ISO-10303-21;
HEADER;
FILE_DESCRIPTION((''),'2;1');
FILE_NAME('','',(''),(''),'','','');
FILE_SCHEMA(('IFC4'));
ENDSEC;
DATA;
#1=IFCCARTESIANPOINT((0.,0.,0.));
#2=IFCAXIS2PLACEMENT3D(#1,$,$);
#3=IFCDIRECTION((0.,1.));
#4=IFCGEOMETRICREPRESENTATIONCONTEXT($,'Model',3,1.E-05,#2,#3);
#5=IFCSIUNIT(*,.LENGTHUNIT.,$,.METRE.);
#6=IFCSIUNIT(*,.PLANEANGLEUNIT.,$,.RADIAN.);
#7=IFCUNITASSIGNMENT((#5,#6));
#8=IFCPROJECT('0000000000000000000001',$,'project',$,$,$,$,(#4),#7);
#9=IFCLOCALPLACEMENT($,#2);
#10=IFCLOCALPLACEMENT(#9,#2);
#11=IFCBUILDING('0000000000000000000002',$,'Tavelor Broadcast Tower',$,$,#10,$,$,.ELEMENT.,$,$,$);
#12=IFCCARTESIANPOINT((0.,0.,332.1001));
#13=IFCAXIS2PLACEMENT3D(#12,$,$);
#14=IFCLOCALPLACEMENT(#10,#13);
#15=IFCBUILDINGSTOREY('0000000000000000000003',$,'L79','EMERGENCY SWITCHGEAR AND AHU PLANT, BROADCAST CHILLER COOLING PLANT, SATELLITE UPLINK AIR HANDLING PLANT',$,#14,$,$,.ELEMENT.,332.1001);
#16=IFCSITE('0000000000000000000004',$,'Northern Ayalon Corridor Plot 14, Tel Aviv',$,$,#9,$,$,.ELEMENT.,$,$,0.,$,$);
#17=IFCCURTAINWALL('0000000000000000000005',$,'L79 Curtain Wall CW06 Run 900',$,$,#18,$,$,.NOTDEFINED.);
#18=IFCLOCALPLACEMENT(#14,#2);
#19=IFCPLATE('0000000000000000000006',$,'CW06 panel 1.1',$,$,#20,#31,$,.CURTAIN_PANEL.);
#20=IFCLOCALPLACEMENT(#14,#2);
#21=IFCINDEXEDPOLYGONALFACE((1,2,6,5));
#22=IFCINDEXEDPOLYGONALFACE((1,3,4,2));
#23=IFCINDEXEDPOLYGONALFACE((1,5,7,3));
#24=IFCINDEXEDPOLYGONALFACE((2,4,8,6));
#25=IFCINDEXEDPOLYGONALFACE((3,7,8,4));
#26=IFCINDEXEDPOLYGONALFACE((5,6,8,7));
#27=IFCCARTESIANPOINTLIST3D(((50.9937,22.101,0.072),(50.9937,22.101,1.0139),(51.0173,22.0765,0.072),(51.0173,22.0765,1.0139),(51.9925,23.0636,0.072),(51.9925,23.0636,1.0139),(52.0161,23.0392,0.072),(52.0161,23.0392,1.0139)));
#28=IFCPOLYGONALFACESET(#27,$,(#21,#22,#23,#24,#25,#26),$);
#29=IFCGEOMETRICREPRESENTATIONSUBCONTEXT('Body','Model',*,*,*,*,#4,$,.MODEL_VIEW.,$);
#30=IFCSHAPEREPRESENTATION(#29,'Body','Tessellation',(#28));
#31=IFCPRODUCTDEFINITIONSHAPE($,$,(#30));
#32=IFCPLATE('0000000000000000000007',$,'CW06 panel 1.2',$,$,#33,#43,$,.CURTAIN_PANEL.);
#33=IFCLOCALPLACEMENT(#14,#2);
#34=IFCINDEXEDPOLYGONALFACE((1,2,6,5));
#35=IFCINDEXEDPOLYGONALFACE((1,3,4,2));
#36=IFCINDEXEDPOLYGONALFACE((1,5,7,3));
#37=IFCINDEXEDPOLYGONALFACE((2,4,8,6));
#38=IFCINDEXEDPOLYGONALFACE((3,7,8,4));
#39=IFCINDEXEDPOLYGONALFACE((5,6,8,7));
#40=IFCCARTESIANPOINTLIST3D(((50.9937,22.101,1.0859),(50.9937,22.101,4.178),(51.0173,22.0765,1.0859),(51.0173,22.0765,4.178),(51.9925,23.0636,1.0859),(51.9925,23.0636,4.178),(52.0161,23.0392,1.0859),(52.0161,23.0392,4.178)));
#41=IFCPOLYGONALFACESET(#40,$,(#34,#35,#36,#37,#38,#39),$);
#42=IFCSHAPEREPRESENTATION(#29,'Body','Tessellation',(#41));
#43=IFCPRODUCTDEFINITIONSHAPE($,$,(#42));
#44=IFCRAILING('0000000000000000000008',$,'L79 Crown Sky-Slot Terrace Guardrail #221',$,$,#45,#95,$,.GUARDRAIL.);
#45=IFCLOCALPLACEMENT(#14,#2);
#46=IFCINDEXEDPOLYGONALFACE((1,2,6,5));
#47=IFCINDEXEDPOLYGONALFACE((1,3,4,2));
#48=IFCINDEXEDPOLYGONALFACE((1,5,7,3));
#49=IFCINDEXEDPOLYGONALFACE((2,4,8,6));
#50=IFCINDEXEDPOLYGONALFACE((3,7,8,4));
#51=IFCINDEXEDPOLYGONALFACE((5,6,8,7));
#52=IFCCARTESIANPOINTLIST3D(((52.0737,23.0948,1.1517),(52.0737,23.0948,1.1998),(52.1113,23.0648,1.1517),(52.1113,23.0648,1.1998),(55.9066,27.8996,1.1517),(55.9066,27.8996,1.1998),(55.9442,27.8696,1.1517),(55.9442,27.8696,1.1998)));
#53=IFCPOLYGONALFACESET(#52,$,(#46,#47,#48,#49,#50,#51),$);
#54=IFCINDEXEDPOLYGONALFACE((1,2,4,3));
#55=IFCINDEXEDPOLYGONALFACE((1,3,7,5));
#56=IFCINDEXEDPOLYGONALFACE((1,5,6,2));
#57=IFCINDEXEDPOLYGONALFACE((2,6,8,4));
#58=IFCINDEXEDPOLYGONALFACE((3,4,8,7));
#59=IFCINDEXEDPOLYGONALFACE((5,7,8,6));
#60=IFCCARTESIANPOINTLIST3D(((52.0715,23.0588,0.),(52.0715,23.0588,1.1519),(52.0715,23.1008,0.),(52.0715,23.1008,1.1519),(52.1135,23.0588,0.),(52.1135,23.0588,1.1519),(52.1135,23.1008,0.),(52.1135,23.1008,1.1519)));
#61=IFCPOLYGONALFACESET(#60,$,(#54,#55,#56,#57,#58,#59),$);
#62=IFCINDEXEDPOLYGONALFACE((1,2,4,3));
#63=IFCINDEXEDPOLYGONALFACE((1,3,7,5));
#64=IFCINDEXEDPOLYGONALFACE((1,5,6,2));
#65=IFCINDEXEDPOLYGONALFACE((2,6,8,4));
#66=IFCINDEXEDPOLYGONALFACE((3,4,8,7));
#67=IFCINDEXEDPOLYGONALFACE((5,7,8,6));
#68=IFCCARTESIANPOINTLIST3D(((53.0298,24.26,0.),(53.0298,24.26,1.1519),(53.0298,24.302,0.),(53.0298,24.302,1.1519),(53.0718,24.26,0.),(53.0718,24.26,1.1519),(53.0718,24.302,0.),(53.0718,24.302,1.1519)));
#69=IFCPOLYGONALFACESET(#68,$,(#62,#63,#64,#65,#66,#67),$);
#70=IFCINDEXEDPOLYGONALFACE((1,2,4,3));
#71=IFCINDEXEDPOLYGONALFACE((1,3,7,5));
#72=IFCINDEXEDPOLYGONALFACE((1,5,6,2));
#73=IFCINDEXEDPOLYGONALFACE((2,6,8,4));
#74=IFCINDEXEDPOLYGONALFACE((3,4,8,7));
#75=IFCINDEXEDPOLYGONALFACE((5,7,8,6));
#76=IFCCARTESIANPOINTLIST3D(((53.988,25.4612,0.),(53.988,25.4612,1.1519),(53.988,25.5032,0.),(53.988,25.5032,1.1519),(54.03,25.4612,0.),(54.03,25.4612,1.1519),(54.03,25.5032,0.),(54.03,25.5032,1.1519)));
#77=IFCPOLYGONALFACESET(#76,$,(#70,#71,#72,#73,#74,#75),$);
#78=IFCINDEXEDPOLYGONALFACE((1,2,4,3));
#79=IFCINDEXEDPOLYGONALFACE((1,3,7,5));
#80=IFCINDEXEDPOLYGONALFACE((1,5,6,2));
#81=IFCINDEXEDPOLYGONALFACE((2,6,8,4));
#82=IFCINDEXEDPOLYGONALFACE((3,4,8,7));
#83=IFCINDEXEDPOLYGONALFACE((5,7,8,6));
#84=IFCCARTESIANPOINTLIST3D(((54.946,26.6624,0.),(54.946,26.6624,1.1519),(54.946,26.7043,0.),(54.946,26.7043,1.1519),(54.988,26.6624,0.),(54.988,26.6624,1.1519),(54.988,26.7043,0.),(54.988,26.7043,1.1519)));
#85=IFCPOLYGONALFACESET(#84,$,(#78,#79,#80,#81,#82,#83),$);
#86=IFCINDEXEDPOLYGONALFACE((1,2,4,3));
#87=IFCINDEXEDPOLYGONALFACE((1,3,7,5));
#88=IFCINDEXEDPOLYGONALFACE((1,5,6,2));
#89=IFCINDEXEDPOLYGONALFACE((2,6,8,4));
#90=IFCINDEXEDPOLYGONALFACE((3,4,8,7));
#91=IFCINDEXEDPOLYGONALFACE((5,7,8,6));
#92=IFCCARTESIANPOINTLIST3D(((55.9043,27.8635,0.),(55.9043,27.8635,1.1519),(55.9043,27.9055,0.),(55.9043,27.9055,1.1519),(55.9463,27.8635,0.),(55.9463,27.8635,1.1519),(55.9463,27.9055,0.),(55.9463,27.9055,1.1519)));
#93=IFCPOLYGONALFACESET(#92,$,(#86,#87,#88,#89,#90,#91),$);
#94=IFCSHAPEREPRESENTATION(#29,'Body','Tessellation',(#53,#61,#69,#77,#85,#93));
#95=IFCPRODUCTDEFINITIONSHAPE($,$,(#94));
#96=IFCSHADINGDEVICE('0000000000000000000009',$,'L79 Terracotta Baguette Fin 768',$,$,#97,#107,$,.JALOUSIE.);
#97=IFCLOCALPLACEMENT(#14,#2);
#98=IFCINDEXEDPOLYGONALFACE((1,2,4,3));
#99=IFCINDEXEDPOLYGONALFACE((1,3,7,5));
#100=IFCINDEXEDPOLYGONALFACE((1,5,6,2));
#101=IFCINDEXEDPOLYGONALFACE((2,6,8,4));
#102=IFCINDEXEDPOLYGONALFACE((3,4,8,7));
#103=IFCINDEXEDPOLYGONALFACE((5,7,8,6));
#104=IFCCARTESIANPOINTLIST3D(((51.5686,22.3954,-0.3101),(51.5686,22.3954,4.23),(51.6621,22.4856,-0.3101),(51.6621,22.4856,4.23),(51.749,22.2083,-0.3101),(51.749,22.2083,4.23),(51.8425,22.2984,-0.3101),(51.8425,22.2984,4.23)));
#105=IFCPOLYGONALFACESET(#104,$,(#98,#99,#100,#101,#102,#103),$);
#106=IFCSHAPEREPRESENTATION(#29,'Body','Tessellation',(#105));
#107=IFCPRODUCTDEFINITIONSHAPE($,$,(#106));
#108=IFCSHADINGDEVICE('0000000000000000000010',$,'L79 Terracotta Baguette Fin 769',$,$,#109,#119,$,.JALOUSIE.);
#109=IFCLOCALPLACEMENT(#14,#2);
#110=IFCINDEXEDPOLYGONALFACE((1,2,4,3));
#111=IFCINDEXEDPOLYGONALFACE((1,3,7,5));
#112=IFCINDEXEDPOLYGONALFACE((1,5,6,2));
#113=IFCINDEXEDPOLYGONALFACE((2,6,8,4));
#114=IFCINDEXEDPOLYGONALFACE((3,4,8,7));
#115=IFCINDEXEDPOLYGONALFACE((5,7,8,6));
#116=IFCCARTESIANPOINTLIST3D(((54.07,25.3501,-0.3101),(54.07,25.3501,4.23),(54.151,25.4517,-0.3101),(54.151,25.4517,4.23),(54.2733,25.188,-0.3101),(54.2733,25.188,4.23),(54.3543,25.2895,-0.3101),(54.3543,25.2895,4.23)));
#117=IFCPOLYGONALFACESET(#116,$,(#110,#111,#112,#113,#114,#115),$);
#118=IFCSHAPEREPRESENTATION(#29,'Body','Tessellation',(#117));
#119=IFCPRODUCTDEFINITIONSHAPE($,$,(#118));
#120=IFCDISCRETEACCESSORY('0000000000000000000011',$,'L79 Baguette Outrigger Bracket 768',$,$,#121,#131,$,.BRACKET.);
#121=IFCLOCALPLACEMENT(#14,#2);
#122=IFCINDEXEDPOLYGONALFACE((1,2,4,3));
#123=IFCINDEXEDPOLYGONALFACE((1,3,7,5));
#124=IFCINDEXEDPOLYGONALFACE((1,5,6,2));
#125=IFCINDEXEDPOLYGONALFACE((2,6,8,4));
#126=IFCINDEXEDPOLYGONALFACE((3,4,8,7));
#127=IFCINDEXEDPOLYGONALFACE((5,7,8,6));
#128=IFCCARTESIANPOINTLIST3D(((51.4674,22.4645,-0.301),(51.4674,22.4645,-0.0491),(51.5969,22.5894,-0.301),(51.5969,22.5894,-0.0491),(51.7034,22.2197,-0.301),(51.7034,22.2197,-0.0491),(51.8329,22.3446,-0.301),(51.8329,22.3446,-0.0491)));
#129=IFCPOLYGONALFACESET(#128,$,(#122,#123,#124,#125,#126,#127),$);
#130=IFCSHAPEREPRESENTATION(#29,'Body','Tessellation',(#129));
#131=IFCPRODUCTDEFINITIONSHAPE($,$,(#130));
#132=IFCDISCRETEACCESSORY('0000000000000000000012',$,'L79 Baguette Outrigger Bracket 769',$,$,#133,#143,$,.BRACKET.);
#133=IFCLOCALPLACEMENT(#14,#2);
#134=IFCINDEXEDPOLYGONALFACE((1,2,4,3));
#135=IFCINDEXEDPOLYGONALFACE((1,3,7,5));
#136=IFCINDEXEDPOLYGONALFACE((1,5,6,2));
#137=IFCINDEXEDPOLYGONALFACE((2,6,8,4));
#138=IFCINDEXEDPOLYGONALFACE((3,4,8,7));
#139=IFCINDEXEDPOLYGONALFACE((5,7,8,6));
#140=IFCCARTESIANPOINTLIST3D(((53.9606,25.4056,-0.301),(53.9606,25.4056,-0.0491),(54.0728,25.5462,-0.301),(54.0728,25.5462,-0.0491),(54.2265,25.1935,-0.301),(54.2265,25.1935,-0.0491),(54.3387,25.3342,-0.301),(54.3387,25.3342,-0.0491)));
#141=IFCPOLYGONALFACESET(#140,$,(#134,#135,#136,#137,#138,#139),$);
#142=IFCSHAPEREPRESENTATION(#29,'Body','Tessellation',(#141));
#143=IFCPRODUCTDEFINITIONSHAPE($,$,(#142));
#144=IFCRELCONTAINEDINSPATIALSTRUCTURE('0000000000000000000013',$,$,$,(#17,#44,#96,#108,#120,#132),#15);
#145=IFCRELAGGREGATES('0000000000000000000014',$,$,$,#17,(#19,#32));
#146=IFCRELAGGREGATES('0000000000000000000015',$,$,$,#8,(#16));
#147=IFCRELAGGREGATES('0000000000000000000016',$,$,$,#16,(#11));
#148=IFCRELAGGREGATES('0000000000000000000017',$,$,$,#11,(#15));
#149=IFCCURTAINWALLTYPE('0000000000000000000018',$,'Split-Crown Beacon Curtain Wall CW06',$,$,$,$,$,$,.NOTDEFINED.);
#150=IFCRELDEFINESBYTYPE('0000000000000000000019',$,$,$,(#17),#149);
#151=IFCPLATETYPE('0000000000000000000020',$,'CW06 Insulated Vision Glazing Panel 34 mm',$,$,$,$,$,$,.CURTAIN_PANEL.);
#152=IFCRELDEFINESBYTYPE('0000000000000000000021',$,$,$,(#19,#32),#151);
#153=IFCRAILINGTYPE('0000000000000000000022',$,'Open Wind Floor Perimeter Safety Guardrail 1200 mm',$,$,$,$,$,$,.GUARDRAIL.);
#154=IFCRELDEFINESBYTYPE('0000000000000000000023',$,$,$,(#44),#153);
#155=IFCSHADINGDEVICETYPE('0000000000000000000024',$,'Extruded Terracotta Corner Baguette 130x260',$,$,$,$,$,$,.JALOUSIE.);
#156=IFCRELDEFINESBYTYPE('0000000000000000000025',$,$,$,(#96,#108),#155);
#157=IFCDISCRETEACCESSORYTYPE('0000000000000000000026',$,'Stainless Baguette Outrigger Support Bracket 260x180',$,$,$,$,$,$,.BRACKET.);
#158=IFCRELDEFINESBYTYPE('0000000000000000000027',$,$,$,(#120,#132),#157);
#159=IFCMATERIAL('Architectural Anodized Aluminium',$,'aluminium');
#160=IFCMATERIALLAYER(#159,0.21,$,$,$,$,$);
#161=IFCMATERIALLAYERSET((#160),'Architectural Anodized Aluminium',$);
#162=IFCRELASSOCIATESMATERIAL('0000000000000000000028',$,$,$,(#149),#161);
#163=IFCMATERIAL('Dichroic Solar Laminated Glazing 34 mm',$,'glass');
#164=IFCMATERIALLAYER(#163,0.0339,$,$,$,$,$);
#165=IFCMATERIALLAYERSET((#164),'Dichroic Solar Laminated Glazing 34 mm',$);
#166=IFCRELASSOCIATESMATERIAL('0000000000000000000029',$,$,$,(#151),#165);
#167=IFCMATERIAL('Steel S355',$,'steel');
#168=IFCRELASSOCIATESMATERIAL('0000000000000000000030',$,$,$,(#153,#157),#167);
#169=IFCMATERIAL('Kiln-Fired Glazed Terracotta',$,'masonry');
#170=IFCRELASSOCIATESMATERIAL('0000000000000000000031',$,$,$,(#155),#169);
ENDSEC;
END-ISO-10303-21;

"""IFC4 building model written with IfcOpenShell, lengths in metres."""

from ifc_helpers import new_model, si_unit, direction, frame, origin, origin_2d, place, context, subcontext, project, spatial, rectangle, extrude, source, transform, mapped, material, layer, layer_set, type_object, type_shapes, element, aggregate, save


model = new_model("IFC4")

# Units and contexts
model_context = context("Model", 3, precision=1e-05, world=origin(), true_north=direction((0.0, 1.0)))
body_context = subcontext(model_context, "Body", "Model", "MODEL_VIEW")
ifc_project = project(units=[si_unit("LENGTHUNIT", "METRE"), si_unit("PLANEANGLEUNIT", "RADIAN")], contexts=[model_context])

# Site, building, storey
site_placement = place(None, origin())
site = spatial("IfcSite", under=ifc_project, at=site_placement, Name="Northern Ayalon Corridor Plot 14, Tel Aviv", CompositionType="ELEMENT", RefElevation=0.0)
building_placement = place(site_placement, origin())
building = spatial("IfcBuilding", under=site, at=building_placement, Name="Tavelor Broadcast Tower", CompositionType="ELEMENT")
storey_placement = place(building_placement, frame((0.0, 0.0, 332.1001)))
storey = spatial("IfcBuildingStorey", under=building, at=storey_placement, Name="L79", Description="EMERGENCY SWITCHGEAR AND AHU PLANT, BROADCAST CHILLER COOLING PLANT, SATELLITE UPLINK AIR HANDLING PLANT", CompositionType="ELEMENT", Elevation=332.1001)

# Shared definitions
ifc_material_1 = material(Name="Steel S355", Category="steel")

# Curtain wall
ifc_material_2 = material(Name="Architectural Anodized Aluminium", Category="aluminium")
ifc_layer_1 = layer(ifc_material_2, 0.21)
ifc_layer_set_1 = layer_set([ifc_layer_1], Name="Architectural Anodized Aluminium")
curtain_wall_type = type_object("IfcCurtainWallType", Name="Split-Crown Beacon Curtain Wall CW06", PredefinedType="NOTDEFINED", material=ifc_layer_set_1)
curtain_wall_1_placement = place(storey_placement, origin())
curtain_wall_1 = element("IfcCurtainWall", 1, at=curtain_wall_1_placement, inside=storey, type_object=curtain_wall_type, Name="L79 Curtain Wall CW06 Run 900", PredefinedType="NOTDEFINED")

# Plates
ifc_material_3 = material(Name="Dichroic Solar Laminated Glazing 34 mm", Category="glass")
ifc_layer_2 = layer(ifc_material_3, 0.0339)
ifc_layer_set_2 = layer_set([ifc_layer_2], Name="Dichroic Solar Laminated Glazing 34 mm")
plate_type_1 = type_object("IfcPlateType", Name="CW06 Insulated Vision Glazing Panel 34 mm", PredefinedType="CURTAIN_PANEL", material=ifc_layer_set_2)
shared_shape_1 = source(origin(), body_context, "Body", "SweptSolid", [
    extrude(rectangle(XDim=1.3872, YDim=0.0339, at=origin_2d()), origin(), (0.0, 0.0, 1.0), 0.9419),
])
plate_1_placement = place(storey_placement, frame((51.5049, 22.5701, 0.072), z_axis=(0.0, 0.0, 1.0), x_axis=(0.720016, 0.693958, 0.0)))
plate_1 = element("IfcPlate", 2, at=plate_1_placement, type_object=plate_type_1, Name="CW06 panel 1.1", PredefinedType="CURTAIN_PANEL", context=body_context, shape_type="MappedRepresentation", body=[
    mapped(shared_shape_1, transform((0.0, 0.0, 0.0), scale=1.0)),
])
shared_shape_2 = source(origin(), body_context, "Body", "SweptSolid", [
    extrude(rectangle(XDim=1.3872, YDim=0.0339, at=origin_2d()), origin(), (0.0, 0.0, 1.0), 3.092),
])
plate_2_placement = place(storey_placement, frame((51.5049, 22.5701, 1.0859), z_axis=(0.0, 0.0, 1.0), x_axis=(0.720016, 0.693958, 0.0)))
plate_2 = element("IfcPlate", 3, at=plate_2_placement, type_object=plate_type_1, Name="CW06 panel 1.2", PredefinedType="CURTAIN_PANEL", context=body_context, shape_type="MappedRepresentation", body=[
    mapped(shared_shape_2, transform((0.0, 0.0, 0.0), scale=1.0)),
])
aggregate(curtain_wall_1, [plate_1, plate_2])

# Railing
railing_type = type_object("IfcRailingType", Name="Open Wind Floor Perimeter Safety Guardrail 1200 mm", PredefinedType="GUARDRAIL", material=ifc_material_1)
railing_placement = place(storey_placement, frame((52.0925, 23.0798, 0.0)))
element("IfcRailing", 4, at=railing_placement, inside=storey, type_object=railing_type, Name="L79 Crown Sky-Slot Terrace Guardrail #221", PredefinedType="GUARDRAIL", context=body_context, shape_type="SweptSolid", body=[
    extrude(rectangle(XDim=0.0481, YDim=0.0481, at=origin_2d()), frame((0.0, 0.0, 1.1758), z_axis=(0.623604, 0.78174, 0.0), x_axis=(-0.78174, 0.623604, 0.0)), (0.0, 0.0, 1.0), 6.1462),
    extrude(rectangle(XDim=0.042, YDim=0.042, at=origin_2d()), origin(), (0.0, 0.0, 1.0), 1.1519),
    extrude(rectangle(XDim=0.042, YDim=0.042, at=origin_2d()), frame((0.9583, 1.2012, 0.0)), (0.0, 0.0, 1.0), 1.1519),
    extrude(rectangle(XDim=0.042, YDim=0.042, at=origin_2d()), frame((1.9165, 2.4023, 0.0)), (0.0, 0.0, 1.0), 1.1519),
    extrude(rectangle(XDim=0.042, YDim=0.042, at=origin_2d()), frame((2.8745, 3.6035, 0.0)), (0.0, 0.0, 1.0), 1.1519),
    extrude(rectangle(XDim=0.042, YDim=0.042, at=origin_2d()), frame((3.8328, 4.8047, 0.0)), (0.0, 0.0, 1.0), 1.1519),
])

# Shading devices
ifc_material_4 = material(Name="Kiln-Fired Glazed Terracotta", Category="masonry")
shading_device_type = type_object("IfcShadingDeviceType", Name="Extruded Terracotta Corner Baguette 130x260", PredefinedType="JALOUSIE", material=ifc_material_4)
shared_shape_3 = source(origin(), body_context, "Body", "SweptSolid", [
    extrude(rectangle(XDim=0.1299, YDim=0.26, at=origin_2d()), origin(), (0.0, 0.0, 1.0), 4.54),
])
type_shapes(shading_device_type, [shared_shape_3])
for number, where, z_axis, x_axis, name in (
    (5, (51.7056, 22.3469, -0.3101), (0.0, 0.0, 1.0), (0.719946, 0.69403, 0.0), "L79 Terracotta Baguette Fin 768"),
    (6, (54.2122, 25.3198, -0.3101), (0.0, 0.0, 1.0), (0.623607, 0.781738, 0.0), "L79 Terracotta Baguette Fin 769"),
):
    element("IfcShadingDevice", number, at=place(storey_placement, frame(where, z_axis=z_axis, x_axis=x_axis)), inside=storey, type_object=shading_device_type, Name=name, PredefinedType="JALOUSIE", context=body_context, shape_type="MappedRepresentation", body=[
        mapped(shared_shape_3, transform((0.0, 0.0, 0.0), scale=1.0)),
    ])

# Discrete accessories
discrete_accessory_type = type_object("IfcDiscreteAccessoryType", Name="Stainless Baguette Outrigger Support Bracket 260x180", PredefinedType="BRACKET", material=ifc_material_1)
shared_shape_4 = source(origin(), body_context, "Body", "SweptSolid", [
    extrude(rectangle(XDim=0.1799, YDim=0.3401, at=origin_2d()), origin(), (0.0, 0.0, 1.0), 0.252),
])
type_shapes(discrete_accessory_type, [shared_shape_4])
for number, where, z_axis, x_axis, name in (
    (7, (51.6501, 22.4045, -0.301), (0.0, 0.0, 1.0), (0.719946, 0.69403, 0.0), "L79 Baguette Outrigger Bracket 768"),
    (8, (54.1497, 25.3699, -0.301), (0.0, 0.0, 1.0), (0.623607, 0.781738, 0.0), "L79 Baguette Outrigger Bracket 769"),
):
    element("IfcDiscreteAccessory", number, at=place(storey_placement, frame(where, z_axis=z_axis, x_axis=x_axis)), inside=storey, type_object=discrete_accessory_type, Name=name, PredefinedType="BRACKET", context=body_context, shape_type="MappedRepresentation", body=[
        mapped(shared_shape_4, transform((0.0, 0.0, 0.0), scale=1.0)),
    ])

save(model, "model.ifc")
